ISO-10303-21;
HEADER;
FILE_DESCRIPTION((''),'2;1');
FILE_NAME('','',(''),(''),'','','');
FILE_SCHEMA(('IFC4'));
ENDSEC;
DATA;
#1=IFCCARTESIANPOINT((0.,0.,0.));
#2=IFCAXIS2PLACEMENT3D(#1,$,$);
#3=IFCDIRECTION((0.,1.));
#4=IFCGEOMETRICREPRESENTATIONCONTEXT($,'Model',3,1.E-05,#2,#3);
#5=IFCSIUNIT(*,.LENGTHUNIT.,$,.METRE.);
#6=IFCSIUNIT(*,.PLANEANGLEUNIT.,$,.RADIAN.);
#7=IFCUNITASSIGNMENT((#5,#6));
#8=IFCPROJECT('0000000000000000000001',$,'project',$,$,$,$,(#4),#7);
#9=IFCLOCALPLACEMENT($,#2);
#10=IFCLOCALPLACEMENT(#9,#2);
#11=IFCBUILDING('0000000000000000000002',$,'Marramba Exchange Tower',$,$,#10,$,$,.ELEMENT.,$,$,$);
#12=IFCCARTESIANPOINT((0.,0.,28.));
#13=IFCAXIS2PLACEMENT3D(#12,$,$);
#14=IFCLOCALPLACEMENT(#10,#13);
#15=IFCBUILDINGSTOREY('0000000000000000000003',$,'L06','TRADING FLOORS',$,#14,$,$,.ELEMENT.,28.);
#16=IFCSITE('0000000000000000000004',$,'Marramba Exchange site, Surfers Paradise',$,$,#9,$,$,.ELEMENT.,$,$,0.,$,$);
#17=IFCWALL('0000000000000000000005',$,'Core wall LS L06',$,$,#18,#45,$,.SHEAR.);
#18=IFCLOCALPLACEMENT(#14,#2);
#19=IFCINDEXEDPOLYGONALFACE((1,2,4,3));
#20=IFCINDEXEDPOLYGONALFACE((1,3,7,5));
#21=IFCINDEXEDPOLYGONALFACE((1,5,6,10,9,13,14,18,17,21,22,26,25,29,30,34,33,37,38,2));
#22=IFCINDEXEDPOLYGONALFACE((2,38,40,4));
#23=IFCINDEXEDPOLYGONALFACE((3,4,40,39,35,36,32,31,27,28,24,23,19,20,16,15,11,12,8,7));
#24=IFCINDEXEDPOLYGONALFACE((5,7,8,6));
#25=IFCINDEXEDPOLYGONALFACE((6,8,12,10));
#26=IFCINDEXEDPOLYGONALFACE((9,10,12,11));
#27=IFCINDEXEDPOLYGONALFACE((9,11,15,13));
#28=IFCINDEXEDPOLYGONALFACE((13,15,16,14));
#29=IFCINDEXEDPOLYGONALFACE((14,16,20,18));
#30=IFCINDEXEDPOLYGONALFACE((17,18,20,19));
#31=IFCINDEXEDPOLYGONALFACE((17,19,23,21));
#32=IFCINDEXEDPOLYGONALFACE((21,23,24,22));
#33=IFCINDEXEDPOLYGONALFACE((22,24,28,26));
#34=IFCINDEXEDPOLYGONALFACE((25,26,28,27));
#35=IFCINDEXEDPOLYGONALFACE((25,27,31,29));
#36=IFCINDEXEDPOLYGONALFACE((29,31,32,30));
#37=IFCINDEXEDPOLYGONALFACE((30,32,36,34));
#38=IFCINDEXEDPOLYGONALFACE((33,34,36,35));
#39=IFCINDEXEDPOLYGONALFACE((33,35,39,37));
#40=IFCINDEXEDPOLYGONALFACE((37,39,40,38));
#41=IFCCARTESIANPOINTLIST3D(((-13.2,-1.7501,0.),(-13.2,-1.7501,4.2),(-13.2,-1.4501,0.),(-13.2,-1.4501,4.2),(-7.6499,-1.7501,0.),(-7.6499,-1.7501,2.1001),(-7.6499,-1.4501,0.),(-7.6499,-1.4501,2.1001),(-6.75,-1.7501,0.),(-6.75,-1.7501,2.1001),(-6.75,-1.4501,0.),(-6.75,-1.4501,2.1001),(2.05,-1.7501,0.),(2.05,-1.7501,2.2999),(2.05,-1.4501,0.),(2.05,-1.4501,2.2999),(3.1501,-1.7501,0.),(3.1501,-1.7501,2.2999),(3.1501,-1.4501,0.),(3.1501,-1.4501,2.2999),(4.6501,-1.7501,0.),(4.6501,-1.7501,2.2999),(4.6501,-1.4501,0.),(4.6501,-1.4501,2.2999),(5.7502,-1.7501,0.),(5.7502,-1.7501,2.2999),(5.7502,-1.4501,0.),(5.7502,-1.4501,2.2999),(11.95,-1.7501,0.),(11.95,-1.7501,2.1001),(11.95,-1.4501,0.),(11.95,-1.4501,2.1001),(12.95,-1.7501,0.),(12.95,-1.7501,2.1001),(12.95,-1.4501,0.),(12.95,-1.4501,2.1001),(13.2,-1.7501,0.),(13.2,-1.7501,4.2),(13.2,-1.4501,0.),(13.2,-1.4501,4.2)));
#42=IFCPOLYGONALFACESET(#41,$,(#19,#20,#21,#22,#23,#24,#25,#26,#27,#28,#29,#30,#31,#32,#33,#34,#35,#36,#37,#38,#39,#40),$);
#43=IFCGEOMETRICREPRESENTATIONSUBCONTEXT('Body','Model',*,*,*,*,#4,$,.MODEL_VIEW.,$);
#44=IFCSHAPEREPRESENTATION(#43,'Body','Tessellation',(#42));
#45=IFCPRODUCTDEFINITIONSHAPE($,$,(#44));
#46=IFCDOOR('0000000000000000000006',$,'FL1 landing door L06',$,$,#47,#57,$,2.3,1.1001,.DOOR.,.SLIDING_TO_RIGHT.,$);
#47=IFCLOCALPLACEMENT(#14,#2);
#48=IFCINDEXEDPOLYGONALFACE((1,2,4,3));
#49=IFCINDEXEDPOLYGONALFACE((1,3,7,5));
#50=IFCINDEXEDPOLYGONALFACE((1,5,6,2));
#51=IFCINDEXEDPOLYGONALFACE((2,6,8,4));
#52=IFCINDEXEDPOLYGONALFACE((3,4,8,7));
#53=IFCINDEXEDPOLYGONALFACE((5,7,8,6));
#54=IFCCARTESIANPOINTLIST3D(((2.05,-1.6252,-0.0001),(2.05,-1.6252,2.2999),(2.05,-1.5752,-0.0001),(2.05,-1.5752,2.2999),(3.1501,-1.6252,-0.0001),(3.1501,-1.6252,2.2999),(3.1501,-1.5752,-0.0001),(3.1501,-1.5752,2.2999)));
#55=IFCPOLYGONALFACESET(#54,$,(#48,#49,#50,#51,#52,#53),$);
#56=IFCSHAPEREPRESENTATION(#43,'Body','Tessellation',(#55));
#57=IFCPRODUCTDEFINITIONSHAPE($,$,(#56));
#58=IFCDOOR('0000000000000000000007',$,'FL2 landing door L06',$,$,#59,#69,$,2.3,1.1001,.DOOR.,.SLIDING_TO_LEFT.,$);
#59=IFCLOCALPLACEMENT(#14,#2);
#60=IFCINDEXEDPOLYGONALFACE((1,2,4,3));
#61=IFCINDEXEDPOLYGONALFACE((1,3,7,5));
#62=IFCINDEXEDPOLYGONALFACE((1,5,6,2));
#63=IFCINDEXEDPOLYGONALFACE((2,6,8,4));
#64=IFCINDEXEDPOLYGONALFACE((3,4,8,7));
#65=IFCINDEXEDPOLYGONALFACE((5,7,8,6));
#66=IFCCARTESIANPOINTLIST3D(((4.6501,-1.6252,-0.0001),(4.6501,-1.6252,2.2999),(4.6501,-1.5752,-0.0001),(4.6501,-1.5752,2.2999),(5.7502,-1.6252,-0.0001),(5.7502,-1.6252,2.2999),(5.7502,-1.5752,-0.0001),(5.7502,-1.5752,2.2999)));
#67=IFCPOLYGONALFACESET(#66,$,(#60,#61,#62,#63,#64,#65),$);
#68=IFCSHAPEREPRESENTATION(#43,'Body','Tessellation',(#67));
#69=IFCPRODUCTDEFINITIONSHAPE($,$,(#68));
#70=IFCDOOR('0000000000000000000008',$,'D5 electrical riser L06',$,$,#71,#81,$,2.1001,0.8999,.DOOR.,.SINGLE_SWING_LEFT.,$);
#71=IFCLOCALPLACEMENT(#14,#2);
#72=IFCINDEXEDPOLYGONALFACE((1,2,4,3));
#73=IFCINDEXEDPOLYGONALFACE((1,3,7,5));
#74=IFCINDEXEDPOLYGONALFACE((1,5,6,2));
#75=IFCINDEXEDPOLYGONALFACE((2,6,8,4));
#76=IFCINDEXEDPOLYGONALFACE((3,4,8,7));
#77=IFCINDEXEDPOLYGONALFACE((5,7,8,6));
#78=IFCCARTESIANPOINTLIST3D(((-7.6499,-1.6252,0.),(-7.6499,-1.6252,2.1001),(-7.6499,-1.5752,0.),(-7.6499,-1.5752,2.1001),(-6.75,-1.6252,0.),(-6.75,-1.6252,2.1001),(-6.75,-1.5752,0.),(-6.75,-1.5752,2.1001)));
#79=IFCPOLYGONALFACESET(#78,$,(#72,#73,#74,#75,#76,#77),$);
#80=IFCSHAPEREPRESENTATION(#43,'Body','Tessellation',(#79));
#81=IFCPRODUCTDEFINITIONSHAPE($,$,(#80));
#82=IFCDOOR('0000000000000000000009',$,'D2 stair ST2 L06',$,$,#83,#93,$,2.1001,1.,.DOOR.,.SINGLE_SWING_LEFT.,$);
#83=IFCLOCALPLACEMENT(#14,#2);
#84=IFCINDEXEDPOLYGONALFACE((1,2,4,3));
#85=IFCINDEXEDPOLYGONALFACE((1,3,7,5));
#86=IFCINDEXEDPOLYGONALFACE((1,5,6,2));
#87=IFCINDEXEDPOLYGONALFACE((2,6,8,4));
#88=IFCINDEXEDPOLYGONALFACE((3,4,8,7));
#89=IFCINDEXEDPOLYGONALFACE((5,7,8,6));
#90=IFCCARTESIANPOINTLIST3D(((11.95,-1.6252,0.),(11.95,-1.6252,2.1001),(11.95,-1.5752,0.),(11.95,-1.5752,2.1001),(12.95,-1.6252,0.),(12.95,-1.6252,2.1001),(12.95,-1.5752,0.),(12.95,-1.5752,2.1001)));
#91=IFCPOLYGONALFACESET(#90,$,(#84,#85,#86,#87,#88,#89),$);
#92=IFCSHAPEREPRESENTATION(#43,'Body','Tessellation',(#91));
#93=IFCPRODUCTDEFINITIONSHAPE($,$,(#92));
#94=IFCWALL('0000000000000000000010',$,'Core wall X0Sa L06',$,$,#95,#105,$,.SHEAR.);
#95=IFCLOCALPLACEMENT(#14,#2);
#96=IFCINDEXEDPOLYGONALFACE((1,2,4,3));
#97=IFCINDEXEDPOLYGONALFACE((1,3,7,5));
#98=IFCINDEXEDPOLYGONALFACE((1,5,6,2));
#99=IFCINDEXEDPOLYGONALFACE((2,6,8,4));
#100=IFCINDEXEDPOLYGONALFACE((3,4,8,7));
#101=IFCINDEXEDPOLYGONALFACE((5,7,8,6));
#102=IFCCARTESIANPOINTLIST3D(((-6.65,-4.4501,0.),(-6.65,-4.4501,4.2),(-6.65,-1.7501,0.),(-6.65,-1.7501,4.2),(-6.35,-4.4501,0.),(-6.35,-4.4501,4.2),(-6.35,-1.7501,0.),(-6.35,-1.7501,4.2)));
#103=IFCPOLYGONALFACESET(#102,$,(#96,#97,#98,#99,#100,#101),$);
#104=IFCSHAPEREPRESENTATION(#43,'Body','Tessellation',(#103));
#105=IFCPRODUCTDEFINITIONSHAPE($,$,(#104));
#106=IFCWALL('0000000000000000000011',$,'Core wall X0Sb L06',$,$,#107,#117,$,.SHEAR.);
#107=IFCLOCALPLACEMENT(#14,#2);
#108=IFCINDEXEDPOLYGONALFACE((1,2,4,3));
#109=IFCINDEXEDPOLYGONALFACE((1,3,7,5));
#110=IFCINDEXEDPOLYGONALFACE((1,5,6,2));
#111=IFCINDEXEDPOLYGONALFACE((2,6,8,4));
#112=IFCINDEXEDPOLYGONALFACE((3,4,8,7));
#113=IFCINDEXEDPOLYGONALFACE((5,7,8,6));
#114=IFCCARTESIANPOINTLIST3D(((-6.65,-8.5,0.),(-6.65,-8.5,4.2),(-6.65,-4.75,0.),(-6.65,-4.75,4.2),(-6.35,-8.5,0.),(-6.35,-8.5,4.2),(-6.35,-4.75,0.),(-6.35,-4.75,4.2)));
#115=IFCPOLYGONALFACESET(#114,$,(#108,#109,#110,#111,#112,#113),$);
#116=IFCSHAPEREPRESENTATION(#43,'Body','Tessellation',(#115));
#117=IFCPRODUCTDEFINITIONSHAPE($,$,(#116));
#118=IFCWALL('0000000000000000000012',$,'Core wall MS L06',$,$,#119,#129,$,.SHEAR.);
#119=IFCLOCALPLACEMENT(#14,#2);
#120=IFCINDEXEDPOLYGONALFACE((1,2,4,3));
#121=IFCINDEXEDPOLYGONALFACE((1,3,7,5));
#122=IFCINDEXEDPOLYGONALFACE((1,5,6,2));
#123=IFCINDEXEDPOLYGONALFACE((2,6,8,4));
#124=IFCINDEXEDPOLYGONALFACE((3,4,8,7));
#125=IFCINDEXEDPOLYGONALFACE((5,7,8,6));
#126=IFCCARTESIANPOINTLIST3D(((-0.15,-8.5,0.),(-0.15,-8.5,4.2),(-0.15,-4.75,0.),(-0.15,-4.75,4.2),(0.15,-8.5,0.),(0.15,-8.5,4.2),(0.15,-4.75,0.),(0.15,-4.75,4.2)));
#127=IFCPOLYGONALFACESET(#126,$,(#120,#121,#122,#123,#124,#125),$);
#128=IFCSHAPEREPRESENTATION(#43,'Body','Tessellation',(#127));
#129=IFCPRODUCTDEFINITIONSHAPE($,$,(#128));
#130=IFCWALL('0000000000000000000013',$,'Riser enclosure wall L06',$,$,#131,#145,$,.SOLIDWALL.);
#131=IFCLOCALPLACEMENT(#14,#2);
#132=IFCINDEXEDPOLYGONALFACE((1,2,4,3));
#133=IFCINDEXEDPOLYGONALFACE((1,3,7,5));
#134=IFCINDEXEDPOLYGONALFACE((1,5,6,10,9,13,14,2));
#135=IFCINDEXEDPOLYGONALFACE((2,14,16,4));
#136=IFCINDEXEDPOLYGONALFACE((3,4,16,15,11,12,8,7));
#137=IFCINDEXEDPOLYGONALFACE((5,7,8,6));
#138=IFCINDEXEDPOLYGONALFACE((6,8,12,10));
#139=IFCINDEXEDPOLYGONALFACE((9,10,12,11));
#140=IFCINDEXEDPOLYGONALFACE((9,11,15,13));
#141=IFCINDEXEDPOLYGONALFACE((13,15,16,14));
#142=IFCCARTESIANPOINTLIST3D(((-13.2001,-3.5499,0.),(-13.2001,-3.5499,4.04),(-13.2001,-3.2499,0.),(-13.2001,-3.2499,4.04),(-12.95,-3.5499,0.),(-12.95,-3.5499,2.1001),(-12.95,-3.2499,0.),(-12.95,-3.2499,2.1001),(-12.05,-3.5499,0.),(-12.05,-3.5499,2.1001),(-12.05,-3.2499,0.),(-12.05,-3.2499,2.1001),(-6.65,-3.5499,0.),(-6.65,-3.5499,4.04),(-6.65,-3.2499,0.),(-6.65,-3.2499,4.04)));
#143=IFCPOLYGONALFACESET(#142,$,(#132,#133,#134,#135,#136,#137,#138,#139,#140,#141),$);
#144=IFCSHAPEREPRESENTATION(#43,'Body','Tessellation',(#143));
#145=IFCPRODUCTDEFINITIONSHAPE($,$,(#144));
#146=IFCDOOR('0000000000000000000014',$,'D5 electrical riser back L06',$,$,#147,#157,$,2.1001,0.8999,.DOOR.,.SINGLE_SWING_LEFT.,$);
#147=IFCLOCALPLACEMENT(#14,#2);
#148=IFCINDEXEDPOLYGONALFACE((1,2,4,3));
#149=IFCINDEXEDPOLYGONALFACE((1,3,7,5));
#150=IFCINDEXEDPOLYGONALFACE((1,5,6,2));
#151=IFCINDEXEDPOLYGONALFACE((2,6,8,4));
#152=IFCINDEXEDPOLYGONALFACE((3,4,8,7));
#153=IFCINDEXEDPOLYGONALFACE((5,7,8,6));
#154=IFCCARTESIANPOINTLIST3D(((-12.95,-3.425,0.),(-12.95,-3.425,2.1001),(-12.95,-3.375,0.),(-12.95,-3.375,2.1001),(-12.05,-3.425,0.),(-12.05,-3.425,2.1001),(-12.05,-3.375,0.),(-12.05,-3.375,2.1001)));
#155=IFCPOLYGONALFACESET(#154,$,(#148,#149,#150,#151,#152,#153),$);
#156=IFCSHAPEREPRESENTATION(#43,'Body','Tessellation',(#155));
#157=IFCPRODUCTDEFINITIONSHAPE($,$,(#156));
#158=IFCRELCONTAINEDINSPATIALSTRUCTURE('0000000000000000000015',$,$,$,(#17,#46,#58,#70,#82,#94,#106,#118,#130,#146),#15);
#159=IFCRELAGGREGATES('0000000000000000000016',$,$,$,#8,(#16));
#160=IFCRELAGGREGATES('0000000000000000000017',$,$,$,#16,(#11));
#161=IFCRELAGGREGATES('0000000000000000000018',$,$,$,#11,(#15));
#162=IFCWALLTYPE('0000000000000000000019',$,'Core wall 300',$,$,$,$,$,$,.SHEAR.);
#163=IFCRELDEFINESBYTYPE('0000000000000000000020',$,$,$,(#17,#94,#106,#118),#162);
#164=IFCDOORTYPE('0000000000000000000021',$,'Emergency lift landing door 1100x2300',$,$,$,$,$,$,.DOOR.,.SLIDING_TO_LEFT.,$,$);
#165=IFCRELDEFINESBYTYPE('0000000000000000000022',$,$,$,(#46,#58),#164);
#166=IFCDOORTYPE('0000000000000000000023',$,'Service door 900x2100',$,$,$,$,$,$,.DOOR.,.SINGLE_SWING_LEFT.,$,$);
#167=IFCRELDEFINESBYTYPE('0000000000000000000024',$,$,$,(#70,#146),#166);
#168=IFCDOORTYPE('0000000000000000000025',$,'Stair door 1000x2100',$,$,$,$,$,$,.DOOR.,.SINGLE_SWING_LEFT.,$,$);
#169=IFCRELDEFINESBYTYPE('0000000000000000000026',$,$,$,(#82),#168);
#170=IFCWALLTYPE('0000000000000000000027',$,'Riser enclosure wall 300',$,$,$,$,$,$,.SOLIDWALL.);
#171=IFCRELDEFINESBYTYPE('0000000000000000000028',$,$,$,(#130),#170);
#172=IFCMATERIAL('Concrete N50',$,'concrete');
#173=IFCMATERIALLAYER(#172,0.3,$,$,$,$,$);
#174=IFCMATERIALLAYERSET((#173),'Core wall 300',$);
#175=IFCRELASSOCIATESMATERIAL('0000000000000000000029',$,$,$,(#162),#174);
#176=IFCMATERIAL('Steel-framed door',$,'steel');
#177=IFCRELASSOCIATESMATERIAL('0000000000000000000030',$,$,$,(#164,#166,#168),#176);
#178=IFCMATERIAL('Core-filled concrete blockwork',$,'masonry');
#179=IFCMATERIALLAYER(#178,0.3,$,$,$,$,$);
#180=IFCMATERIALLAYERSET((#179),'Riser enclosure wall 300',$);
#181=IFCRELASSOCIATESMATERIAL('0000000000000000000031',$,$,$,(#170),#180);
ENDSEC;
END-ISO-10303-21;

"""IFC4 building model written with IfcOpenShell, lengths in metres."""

from ifc_helpers import new_model, si_unit, direction, frame, frame_2d, origin, place, context, subcontext, project, spatial, rectangle, extrude, material, layer, layer_set, type_object, element, fill, save


model = new_model("IFC4")

# Units and contexts
model_context = context("Model", 3, precision=1e-05, world=origin(), true_north=direction((0.0, 1.0)))
body_context = subcontext(model_context, "Body", "Model", "MODEL_VIEW")
ifc_project = project(units=[si_unit("LENGTHUNIT", "METRE"), si_unit("PLANEANGLEUNIT", "RADIAN")], contexts=[model_context])

# Site, building, storey
site_placement = place(None, origin())
site = spatial("IfcSite", under=ifc_project, at=site_placement, Name="Marramba Exchange site, Surfers Paradise", CompositionType="ELEMENT", RefElevation=0.0)
building_placement = place(site_placement, origin())
building = spatial("IfcBuilding", under=site, at=building_placement, Name="Marramba Exchange Tower", CompositionType="ELEMENT")
storey_placement = place(building_placement, frame((0.0, 0.0, 28.0)))
storey = spatial("IfcBuildingStorey", under=building, at=storey_placement, Name="L06", Description="TRADING FLOORS", CompositionType="ELEMENT", Elevation=28.0)

# Shared definitions
ifc_material_1 = material(Name="Concrete N50", Category="concrete")

# Wall, openings, doors
ifc_layer_1 = layer(ifc_material_1, 0.3)
ifc_layer_set_1 = layer_set([ifc_layer_1], Name="Core wall 300")
wall_type_1 = type_object("IfcWallType", Name="Core wall 300", PredefinedType="SHEAR", material=ifc_layer_set_1)
wall_1_placement = place(storey_placement, frame((-13.2, -1.6001, 0.0), z_axis=(0.0, 0.0, 1.0), x_axis=(1.0, 0.0, 0.0)))
wall_1 = element("IfcWall", 1, at=wall_1_placement, inside=storey, type_object=wall_type_1, Name="Core wall LS L06", PredefinedType="SHEAR", context=body_context, shape_type="SweptSolid", body=[
    extrude(rectangle(XDim=26.3999, YDim=0.3, at=frame_2d((13.2, 0.0))), origin(), (0.0, 0.0, 1.0), 4.2),
])
opening_1_placement = place(wall_1_placement, frame((25.1499, 0.0, 0.0)))
opening_1 = element("IfcOpeningElement", 2, at=opening_1_placement, cuts=wall_1, PredefinedType="OPENING", context=body_context, shape_type="SweptSolid", body=[
    extrude(rectangle(XDim=1.0, YDim=2.1001, at=frame_2d((0.5, 1.05))), frame((0.0, 0.1599, 0.0), z_axis=(0.0, -1.0, 0.0), x_axis=(1.0, 0.0, 0.0)), (0.0, 0.0, 1.0), 0.3201),
])
opening_2_placement = place(wall_1_placement, frame((15.25, 0.0, 0.0)))
opening_2 = element("IfcOpeningElement", 3, at=opening_2_placement, cuts=wall_1, PredefinedType="OPENING", context=body_context, shape_type="SweptSolid", body=[
    extrude(rectangle(XDim=1.1001, YDim=2.3, at=frame_2d((0.55, 1.1499))), frame((0.0, 0.1599, 0.0), z_axis=(0.0, -1.0, 0.0), x_axis=(1.0, 0.0, 0.0)), (0.0, 0.0, 1.0), 0.3201),
])
opening_3_placement = place(wall_1_placement, frame((17.8501, 0.0, 0.0)))
opening_3 = element("IfcOpeningElement", 4, at=opening_3_placement, cuts=wall_1, PredefinedType="OPENING", context=body_context, shape_type="SweptSolid", body=[
    extrude(rectangle(XDim=1.1001, YDim=2.3, at=frame_2d((0.55, 1.1499))), frame((0.0, 0.1599, 0.0), z_axis=(0.0, -1.0, 0.0), x_axis=(1.0, 0.0, 0.0)), (0.0, 0.0, 1.0), 0.3201),
])
opening_4_placement = place(wall_1_placement, frame((5.55, 0.0, 0.0)))
opening_4 = element("IfcOpeningElement", 5, at=opening_4_placement, cuts=wall_1, PredefinedType="OPENING", context=body_context, shape_type="SweptSolid", body=[
    extrude(rectangle(XDim=0.8999, YDim=2.1001, at=frame_2d((0.45, 1.05))), frame((0.0, 0.1599, 0.0), z_axis=(0.0, -1.0, 0.0), x_axis=(1.0, 0.0, 0.0)), (0.0, 0.0, 1.0), 0.3201),
])
ifc_material_2 = material(Name="Steel-framed door", Category="steel")
door_type_1 = type_object("IfcDoorType", Name="Emergency lift landing door 1100x2300", OperationType="SLIDING_TO_LEFT", PredefinedType="DOOR", material=ifc_material_2)
door_1_placement = place(opening_2_placement, frame((1.1001, 0.0, 0.0), z_axis=(0.0, 0.0, 1.0), x_axis=(-1.0, 0.0, 0.0)))
door_1 = element("IfcDoor", 6, at=door_1_placement, inside=storey, type_object=door_type_1, Name="FL1 landing door L06", OperationType="SLIDING_TO_RIGHT", OverallHeight=2.3, OverallWidth=1.1001, PredefinedType="DOOR", context=body_context, shape_type="SweptSolid", body=[
    extrude(rectangle(XDim=1.1001, YDim=2.3, at=frame_2d((0.55, 1.1499))), frame((0.0, 0.0251, 0.0), z_axis=(0.0, -1.0, 0.0), x_axis=(1.0, 0.0, 0.0)), (0.0, 0.0, 1.0), 0.05),
])
fill(opening_2, door_1)
door_2_placement = place(opening_3_placement, frame((1.1001, 0.0, 0.0), z_axis=(0.0, 0.0, 1.0), x_axis=(-1.0, 0.0, 0.0)))
door_2 = element("IfcDoor", 7, at=door_2_placement, inside=storey, type_object=door_type_1, Name="FL2 landing door L06", OperationType="SLIDING_TO_LEFT", OverallHeight=2.3, OverallWidth=1.1001, PredefinedType="DOOR", context=body_context, shape_type="SweptSolid", body=[
    extrude(rectangle(XDim=1.1001, YDim=2.3, at=frame_2d((0.55, 1.1499))), frame((0.0, 0.0251, 0.0), z_axis=(0.0, -1.0, 0.0), x_axis=(1.0, 0.0, 0.0)), (0.0, 0.0, 1.0), 0.05),
])
fill(opening_3, door_2)
door_type_2 = type_object("IfcDoorType", Name="Service door 900x2100", OperationType="SINGLE_SWING_LEFT", PredefinedType="DOOR", material=ifc_material_2)
door_3_placement = place(opening_4_placement, frame((0.8999, 0.0, 0.0), z_axis=(0.0, 0.0, 1.0), x_axis=(-1.0, 0.0, 0.0)))
door_3 = element("IfcDoor", 8, at=door_3_placement, inside=storey, type_object=door_type_2, Name="D5 electrical riser L06", OperationType="SINGLE_SWING_LEFT", OverallHeight=2.1001, OverallWidth=0.8999, PredefinedType="DOOR", context=body_context, shape_type="SweptSolid", body=[
    extrude(rectangle(XDim=0.8999, YDim=2.1001, at=frame_2d((0.45, 1.05))), frame((0.0, 0.0251, 0.0), z_axis=(0.0, -1.0, 0.0), x_axis=(1.0, 0.0, 0.0)), (0.0, 0.0, 1.0), 0.05),
])
fill(opening_4, door_3)
door_type_3 = type_object("IfcDoorType", Name="Stair door 1000x2100", OperationType="SINGLE_SWING_LEFT", PredefinedType="DOOR", material=ifc_material_2)
door_4_placement = place(opening_1_placement, frame((1.0, 0.0, 0.0), z_axis=(0.0, 0.0, 1.0), x_axis=(-1.0, 0.0, 0.0)))
door_4 = element("IfcDoor", 9, at=door_4_placement, inside=storey, type_object=door_type_3, Name="D2 stair ST2 L06", OperationType="SINGLE_SWING_LEFT", OverallHeight=2.1001, OverallWidth=1.0, PredefinedType="DOOR", context=body_context, shape_type="SweptSolid", body=[
    extrude(rectangle(XDim=1.0, YDim=2.1001, at=frame_2d((0.5, 1.05))), frame((0.0, 0.0251, 0.0), z_axis=(0.0, -1.0, 0.0), x_axis=(1.0, 0.0, 0.0)), (0.0, 0.0, 1.0), 0.05),
])
fill(opening_1, door_4)

# Walls
wall_2_placement = place(storey_placement, frame((-6.5, -1.75, 0.0), z_axis=(0.0, 0.0, 1.0), x_axis=(0.0, -1.0, 0.0)))
element("IfcWall", 10, at=wall_2_placement, inside=storey, type_object=wall_type_1, Name="Core wall X0Sa L06", PredefinedType="SHEAR", context=body_context, shape_type="SweptSolid", body=[
    extrude(rectangle(XDim=2.7, YDim=0.3, at=frame_2d((1.3501, 0.0))), origin(), (0.0, 0.0, 1.0), 4.2),
])
for number, where, z_axis, x_axis, name in (
    (11, (-6.5, -4.75, 0.0), (0.0, 0.0, 1.0), (0.0, -1.0, 0.0), "Core wall X0Sb L06"),
    (12, (0.0, -4.75, 0.0), (0.0, 0.0, 1.0), (0.0, -1.0, 0.0), "Core wall MS L06"),
):
    element("IfcWall", number, at=place(storey_placement, frame(where, z_axis=z_axis, x_axis=x_axis)), inside=storey, type_object=wall_type_1, Name=name, PredefinedType="SHEAR", context=body_context, shape_type="SweptSolid", body=[
        extrude(rectangle(XDim=3.75, YDim=0.3, at=frame_2d((1.875, 0.0))), origin(), (0.0, 0.0, 1.0), 4.2),
    ])

# Wall, opening, door
ifc_material_3 = material(Name="Core-filled concrete blockwork", Category="masonry")
ifc_layer_2 = layer(ifc_material_3, 0.3)
ifc_layer_set_2 = layer_set([ifc_layer_2], Name="Riser enclosure wall 300")
wall_type_2 = type_object("IfcWallType", Name="Riser enclosure wall 300", PredefinedType="SOLIDWALL", material=ifc_layer_set_2)
wall_3_placement = place(storey_placement, frame((-13.2, -3.3999, 0.0), z_axis=(0.0, 0.0, 1.0), x_axis=(1.0, 0.0, 0.0)))
wall_3 = element("IfcWall", 13, at=wall_3_placement, inside=storey, type_object=wall_type_2, Name="Riser enclosure wall L06", PredefinedType="SOLIDWALL", context=body_context, shape_type="SweptSolid", body=[
    extrude(rectangle(XDim=6.55, YDim=0.3, at=frame_2d((3.2749, 0.0))), origin(), (0.0, 0.0, 1.0), 4.04),
])
opening_5_placement = place(wall_3_placement, frame((0.25, 0.0, 0.0)))
opening_5 = element("IfcOpeningElement", 14, at=opening_5_placement, cuts=wall_3, PredefinedType="OPENING", context=body_context, shape_type="SweptSolid", body=[
    extrude(rectangle(XDim=0.8999, YDim=2.1001, at=frame_2d((0.45, 1.05))), frame((0.0, 0.1599, 0.0), z_axis=(0.0, -1.0, 0.0), x_axis=(1.0, 0.0, 0.0)), (0.0, 0.0, 1.0), 0.3201),
])
door_5_placement = place(opening_5_placement, origin())
door_5 = element("IfcDoor", 15, at=door_5_placement, inside=storey, type_object=door_type_2, Name="D5 electrical riser back L06", OperationType="SINGLE_SWING_LEFT", OverallHeight=2.1001, OverallWidth=0.8999, PredefinedType="DOOR", context=body_context, shape_type="SweptSolid", body=[
    extrude(rectangle(XDim=0.8999, YDim=2.1001, at=frame_2d((0.45, 1.05))), frame((0.0, 0.0249, 0.0), z_axis=(0.0, -1.0, 0.0), x_axis=(1.0, 0.0, 0.0)), (0.0, 0.0, 1.0), 0.05),
])
fill(opening_5, door_5)

save(model, "model.ifc")
